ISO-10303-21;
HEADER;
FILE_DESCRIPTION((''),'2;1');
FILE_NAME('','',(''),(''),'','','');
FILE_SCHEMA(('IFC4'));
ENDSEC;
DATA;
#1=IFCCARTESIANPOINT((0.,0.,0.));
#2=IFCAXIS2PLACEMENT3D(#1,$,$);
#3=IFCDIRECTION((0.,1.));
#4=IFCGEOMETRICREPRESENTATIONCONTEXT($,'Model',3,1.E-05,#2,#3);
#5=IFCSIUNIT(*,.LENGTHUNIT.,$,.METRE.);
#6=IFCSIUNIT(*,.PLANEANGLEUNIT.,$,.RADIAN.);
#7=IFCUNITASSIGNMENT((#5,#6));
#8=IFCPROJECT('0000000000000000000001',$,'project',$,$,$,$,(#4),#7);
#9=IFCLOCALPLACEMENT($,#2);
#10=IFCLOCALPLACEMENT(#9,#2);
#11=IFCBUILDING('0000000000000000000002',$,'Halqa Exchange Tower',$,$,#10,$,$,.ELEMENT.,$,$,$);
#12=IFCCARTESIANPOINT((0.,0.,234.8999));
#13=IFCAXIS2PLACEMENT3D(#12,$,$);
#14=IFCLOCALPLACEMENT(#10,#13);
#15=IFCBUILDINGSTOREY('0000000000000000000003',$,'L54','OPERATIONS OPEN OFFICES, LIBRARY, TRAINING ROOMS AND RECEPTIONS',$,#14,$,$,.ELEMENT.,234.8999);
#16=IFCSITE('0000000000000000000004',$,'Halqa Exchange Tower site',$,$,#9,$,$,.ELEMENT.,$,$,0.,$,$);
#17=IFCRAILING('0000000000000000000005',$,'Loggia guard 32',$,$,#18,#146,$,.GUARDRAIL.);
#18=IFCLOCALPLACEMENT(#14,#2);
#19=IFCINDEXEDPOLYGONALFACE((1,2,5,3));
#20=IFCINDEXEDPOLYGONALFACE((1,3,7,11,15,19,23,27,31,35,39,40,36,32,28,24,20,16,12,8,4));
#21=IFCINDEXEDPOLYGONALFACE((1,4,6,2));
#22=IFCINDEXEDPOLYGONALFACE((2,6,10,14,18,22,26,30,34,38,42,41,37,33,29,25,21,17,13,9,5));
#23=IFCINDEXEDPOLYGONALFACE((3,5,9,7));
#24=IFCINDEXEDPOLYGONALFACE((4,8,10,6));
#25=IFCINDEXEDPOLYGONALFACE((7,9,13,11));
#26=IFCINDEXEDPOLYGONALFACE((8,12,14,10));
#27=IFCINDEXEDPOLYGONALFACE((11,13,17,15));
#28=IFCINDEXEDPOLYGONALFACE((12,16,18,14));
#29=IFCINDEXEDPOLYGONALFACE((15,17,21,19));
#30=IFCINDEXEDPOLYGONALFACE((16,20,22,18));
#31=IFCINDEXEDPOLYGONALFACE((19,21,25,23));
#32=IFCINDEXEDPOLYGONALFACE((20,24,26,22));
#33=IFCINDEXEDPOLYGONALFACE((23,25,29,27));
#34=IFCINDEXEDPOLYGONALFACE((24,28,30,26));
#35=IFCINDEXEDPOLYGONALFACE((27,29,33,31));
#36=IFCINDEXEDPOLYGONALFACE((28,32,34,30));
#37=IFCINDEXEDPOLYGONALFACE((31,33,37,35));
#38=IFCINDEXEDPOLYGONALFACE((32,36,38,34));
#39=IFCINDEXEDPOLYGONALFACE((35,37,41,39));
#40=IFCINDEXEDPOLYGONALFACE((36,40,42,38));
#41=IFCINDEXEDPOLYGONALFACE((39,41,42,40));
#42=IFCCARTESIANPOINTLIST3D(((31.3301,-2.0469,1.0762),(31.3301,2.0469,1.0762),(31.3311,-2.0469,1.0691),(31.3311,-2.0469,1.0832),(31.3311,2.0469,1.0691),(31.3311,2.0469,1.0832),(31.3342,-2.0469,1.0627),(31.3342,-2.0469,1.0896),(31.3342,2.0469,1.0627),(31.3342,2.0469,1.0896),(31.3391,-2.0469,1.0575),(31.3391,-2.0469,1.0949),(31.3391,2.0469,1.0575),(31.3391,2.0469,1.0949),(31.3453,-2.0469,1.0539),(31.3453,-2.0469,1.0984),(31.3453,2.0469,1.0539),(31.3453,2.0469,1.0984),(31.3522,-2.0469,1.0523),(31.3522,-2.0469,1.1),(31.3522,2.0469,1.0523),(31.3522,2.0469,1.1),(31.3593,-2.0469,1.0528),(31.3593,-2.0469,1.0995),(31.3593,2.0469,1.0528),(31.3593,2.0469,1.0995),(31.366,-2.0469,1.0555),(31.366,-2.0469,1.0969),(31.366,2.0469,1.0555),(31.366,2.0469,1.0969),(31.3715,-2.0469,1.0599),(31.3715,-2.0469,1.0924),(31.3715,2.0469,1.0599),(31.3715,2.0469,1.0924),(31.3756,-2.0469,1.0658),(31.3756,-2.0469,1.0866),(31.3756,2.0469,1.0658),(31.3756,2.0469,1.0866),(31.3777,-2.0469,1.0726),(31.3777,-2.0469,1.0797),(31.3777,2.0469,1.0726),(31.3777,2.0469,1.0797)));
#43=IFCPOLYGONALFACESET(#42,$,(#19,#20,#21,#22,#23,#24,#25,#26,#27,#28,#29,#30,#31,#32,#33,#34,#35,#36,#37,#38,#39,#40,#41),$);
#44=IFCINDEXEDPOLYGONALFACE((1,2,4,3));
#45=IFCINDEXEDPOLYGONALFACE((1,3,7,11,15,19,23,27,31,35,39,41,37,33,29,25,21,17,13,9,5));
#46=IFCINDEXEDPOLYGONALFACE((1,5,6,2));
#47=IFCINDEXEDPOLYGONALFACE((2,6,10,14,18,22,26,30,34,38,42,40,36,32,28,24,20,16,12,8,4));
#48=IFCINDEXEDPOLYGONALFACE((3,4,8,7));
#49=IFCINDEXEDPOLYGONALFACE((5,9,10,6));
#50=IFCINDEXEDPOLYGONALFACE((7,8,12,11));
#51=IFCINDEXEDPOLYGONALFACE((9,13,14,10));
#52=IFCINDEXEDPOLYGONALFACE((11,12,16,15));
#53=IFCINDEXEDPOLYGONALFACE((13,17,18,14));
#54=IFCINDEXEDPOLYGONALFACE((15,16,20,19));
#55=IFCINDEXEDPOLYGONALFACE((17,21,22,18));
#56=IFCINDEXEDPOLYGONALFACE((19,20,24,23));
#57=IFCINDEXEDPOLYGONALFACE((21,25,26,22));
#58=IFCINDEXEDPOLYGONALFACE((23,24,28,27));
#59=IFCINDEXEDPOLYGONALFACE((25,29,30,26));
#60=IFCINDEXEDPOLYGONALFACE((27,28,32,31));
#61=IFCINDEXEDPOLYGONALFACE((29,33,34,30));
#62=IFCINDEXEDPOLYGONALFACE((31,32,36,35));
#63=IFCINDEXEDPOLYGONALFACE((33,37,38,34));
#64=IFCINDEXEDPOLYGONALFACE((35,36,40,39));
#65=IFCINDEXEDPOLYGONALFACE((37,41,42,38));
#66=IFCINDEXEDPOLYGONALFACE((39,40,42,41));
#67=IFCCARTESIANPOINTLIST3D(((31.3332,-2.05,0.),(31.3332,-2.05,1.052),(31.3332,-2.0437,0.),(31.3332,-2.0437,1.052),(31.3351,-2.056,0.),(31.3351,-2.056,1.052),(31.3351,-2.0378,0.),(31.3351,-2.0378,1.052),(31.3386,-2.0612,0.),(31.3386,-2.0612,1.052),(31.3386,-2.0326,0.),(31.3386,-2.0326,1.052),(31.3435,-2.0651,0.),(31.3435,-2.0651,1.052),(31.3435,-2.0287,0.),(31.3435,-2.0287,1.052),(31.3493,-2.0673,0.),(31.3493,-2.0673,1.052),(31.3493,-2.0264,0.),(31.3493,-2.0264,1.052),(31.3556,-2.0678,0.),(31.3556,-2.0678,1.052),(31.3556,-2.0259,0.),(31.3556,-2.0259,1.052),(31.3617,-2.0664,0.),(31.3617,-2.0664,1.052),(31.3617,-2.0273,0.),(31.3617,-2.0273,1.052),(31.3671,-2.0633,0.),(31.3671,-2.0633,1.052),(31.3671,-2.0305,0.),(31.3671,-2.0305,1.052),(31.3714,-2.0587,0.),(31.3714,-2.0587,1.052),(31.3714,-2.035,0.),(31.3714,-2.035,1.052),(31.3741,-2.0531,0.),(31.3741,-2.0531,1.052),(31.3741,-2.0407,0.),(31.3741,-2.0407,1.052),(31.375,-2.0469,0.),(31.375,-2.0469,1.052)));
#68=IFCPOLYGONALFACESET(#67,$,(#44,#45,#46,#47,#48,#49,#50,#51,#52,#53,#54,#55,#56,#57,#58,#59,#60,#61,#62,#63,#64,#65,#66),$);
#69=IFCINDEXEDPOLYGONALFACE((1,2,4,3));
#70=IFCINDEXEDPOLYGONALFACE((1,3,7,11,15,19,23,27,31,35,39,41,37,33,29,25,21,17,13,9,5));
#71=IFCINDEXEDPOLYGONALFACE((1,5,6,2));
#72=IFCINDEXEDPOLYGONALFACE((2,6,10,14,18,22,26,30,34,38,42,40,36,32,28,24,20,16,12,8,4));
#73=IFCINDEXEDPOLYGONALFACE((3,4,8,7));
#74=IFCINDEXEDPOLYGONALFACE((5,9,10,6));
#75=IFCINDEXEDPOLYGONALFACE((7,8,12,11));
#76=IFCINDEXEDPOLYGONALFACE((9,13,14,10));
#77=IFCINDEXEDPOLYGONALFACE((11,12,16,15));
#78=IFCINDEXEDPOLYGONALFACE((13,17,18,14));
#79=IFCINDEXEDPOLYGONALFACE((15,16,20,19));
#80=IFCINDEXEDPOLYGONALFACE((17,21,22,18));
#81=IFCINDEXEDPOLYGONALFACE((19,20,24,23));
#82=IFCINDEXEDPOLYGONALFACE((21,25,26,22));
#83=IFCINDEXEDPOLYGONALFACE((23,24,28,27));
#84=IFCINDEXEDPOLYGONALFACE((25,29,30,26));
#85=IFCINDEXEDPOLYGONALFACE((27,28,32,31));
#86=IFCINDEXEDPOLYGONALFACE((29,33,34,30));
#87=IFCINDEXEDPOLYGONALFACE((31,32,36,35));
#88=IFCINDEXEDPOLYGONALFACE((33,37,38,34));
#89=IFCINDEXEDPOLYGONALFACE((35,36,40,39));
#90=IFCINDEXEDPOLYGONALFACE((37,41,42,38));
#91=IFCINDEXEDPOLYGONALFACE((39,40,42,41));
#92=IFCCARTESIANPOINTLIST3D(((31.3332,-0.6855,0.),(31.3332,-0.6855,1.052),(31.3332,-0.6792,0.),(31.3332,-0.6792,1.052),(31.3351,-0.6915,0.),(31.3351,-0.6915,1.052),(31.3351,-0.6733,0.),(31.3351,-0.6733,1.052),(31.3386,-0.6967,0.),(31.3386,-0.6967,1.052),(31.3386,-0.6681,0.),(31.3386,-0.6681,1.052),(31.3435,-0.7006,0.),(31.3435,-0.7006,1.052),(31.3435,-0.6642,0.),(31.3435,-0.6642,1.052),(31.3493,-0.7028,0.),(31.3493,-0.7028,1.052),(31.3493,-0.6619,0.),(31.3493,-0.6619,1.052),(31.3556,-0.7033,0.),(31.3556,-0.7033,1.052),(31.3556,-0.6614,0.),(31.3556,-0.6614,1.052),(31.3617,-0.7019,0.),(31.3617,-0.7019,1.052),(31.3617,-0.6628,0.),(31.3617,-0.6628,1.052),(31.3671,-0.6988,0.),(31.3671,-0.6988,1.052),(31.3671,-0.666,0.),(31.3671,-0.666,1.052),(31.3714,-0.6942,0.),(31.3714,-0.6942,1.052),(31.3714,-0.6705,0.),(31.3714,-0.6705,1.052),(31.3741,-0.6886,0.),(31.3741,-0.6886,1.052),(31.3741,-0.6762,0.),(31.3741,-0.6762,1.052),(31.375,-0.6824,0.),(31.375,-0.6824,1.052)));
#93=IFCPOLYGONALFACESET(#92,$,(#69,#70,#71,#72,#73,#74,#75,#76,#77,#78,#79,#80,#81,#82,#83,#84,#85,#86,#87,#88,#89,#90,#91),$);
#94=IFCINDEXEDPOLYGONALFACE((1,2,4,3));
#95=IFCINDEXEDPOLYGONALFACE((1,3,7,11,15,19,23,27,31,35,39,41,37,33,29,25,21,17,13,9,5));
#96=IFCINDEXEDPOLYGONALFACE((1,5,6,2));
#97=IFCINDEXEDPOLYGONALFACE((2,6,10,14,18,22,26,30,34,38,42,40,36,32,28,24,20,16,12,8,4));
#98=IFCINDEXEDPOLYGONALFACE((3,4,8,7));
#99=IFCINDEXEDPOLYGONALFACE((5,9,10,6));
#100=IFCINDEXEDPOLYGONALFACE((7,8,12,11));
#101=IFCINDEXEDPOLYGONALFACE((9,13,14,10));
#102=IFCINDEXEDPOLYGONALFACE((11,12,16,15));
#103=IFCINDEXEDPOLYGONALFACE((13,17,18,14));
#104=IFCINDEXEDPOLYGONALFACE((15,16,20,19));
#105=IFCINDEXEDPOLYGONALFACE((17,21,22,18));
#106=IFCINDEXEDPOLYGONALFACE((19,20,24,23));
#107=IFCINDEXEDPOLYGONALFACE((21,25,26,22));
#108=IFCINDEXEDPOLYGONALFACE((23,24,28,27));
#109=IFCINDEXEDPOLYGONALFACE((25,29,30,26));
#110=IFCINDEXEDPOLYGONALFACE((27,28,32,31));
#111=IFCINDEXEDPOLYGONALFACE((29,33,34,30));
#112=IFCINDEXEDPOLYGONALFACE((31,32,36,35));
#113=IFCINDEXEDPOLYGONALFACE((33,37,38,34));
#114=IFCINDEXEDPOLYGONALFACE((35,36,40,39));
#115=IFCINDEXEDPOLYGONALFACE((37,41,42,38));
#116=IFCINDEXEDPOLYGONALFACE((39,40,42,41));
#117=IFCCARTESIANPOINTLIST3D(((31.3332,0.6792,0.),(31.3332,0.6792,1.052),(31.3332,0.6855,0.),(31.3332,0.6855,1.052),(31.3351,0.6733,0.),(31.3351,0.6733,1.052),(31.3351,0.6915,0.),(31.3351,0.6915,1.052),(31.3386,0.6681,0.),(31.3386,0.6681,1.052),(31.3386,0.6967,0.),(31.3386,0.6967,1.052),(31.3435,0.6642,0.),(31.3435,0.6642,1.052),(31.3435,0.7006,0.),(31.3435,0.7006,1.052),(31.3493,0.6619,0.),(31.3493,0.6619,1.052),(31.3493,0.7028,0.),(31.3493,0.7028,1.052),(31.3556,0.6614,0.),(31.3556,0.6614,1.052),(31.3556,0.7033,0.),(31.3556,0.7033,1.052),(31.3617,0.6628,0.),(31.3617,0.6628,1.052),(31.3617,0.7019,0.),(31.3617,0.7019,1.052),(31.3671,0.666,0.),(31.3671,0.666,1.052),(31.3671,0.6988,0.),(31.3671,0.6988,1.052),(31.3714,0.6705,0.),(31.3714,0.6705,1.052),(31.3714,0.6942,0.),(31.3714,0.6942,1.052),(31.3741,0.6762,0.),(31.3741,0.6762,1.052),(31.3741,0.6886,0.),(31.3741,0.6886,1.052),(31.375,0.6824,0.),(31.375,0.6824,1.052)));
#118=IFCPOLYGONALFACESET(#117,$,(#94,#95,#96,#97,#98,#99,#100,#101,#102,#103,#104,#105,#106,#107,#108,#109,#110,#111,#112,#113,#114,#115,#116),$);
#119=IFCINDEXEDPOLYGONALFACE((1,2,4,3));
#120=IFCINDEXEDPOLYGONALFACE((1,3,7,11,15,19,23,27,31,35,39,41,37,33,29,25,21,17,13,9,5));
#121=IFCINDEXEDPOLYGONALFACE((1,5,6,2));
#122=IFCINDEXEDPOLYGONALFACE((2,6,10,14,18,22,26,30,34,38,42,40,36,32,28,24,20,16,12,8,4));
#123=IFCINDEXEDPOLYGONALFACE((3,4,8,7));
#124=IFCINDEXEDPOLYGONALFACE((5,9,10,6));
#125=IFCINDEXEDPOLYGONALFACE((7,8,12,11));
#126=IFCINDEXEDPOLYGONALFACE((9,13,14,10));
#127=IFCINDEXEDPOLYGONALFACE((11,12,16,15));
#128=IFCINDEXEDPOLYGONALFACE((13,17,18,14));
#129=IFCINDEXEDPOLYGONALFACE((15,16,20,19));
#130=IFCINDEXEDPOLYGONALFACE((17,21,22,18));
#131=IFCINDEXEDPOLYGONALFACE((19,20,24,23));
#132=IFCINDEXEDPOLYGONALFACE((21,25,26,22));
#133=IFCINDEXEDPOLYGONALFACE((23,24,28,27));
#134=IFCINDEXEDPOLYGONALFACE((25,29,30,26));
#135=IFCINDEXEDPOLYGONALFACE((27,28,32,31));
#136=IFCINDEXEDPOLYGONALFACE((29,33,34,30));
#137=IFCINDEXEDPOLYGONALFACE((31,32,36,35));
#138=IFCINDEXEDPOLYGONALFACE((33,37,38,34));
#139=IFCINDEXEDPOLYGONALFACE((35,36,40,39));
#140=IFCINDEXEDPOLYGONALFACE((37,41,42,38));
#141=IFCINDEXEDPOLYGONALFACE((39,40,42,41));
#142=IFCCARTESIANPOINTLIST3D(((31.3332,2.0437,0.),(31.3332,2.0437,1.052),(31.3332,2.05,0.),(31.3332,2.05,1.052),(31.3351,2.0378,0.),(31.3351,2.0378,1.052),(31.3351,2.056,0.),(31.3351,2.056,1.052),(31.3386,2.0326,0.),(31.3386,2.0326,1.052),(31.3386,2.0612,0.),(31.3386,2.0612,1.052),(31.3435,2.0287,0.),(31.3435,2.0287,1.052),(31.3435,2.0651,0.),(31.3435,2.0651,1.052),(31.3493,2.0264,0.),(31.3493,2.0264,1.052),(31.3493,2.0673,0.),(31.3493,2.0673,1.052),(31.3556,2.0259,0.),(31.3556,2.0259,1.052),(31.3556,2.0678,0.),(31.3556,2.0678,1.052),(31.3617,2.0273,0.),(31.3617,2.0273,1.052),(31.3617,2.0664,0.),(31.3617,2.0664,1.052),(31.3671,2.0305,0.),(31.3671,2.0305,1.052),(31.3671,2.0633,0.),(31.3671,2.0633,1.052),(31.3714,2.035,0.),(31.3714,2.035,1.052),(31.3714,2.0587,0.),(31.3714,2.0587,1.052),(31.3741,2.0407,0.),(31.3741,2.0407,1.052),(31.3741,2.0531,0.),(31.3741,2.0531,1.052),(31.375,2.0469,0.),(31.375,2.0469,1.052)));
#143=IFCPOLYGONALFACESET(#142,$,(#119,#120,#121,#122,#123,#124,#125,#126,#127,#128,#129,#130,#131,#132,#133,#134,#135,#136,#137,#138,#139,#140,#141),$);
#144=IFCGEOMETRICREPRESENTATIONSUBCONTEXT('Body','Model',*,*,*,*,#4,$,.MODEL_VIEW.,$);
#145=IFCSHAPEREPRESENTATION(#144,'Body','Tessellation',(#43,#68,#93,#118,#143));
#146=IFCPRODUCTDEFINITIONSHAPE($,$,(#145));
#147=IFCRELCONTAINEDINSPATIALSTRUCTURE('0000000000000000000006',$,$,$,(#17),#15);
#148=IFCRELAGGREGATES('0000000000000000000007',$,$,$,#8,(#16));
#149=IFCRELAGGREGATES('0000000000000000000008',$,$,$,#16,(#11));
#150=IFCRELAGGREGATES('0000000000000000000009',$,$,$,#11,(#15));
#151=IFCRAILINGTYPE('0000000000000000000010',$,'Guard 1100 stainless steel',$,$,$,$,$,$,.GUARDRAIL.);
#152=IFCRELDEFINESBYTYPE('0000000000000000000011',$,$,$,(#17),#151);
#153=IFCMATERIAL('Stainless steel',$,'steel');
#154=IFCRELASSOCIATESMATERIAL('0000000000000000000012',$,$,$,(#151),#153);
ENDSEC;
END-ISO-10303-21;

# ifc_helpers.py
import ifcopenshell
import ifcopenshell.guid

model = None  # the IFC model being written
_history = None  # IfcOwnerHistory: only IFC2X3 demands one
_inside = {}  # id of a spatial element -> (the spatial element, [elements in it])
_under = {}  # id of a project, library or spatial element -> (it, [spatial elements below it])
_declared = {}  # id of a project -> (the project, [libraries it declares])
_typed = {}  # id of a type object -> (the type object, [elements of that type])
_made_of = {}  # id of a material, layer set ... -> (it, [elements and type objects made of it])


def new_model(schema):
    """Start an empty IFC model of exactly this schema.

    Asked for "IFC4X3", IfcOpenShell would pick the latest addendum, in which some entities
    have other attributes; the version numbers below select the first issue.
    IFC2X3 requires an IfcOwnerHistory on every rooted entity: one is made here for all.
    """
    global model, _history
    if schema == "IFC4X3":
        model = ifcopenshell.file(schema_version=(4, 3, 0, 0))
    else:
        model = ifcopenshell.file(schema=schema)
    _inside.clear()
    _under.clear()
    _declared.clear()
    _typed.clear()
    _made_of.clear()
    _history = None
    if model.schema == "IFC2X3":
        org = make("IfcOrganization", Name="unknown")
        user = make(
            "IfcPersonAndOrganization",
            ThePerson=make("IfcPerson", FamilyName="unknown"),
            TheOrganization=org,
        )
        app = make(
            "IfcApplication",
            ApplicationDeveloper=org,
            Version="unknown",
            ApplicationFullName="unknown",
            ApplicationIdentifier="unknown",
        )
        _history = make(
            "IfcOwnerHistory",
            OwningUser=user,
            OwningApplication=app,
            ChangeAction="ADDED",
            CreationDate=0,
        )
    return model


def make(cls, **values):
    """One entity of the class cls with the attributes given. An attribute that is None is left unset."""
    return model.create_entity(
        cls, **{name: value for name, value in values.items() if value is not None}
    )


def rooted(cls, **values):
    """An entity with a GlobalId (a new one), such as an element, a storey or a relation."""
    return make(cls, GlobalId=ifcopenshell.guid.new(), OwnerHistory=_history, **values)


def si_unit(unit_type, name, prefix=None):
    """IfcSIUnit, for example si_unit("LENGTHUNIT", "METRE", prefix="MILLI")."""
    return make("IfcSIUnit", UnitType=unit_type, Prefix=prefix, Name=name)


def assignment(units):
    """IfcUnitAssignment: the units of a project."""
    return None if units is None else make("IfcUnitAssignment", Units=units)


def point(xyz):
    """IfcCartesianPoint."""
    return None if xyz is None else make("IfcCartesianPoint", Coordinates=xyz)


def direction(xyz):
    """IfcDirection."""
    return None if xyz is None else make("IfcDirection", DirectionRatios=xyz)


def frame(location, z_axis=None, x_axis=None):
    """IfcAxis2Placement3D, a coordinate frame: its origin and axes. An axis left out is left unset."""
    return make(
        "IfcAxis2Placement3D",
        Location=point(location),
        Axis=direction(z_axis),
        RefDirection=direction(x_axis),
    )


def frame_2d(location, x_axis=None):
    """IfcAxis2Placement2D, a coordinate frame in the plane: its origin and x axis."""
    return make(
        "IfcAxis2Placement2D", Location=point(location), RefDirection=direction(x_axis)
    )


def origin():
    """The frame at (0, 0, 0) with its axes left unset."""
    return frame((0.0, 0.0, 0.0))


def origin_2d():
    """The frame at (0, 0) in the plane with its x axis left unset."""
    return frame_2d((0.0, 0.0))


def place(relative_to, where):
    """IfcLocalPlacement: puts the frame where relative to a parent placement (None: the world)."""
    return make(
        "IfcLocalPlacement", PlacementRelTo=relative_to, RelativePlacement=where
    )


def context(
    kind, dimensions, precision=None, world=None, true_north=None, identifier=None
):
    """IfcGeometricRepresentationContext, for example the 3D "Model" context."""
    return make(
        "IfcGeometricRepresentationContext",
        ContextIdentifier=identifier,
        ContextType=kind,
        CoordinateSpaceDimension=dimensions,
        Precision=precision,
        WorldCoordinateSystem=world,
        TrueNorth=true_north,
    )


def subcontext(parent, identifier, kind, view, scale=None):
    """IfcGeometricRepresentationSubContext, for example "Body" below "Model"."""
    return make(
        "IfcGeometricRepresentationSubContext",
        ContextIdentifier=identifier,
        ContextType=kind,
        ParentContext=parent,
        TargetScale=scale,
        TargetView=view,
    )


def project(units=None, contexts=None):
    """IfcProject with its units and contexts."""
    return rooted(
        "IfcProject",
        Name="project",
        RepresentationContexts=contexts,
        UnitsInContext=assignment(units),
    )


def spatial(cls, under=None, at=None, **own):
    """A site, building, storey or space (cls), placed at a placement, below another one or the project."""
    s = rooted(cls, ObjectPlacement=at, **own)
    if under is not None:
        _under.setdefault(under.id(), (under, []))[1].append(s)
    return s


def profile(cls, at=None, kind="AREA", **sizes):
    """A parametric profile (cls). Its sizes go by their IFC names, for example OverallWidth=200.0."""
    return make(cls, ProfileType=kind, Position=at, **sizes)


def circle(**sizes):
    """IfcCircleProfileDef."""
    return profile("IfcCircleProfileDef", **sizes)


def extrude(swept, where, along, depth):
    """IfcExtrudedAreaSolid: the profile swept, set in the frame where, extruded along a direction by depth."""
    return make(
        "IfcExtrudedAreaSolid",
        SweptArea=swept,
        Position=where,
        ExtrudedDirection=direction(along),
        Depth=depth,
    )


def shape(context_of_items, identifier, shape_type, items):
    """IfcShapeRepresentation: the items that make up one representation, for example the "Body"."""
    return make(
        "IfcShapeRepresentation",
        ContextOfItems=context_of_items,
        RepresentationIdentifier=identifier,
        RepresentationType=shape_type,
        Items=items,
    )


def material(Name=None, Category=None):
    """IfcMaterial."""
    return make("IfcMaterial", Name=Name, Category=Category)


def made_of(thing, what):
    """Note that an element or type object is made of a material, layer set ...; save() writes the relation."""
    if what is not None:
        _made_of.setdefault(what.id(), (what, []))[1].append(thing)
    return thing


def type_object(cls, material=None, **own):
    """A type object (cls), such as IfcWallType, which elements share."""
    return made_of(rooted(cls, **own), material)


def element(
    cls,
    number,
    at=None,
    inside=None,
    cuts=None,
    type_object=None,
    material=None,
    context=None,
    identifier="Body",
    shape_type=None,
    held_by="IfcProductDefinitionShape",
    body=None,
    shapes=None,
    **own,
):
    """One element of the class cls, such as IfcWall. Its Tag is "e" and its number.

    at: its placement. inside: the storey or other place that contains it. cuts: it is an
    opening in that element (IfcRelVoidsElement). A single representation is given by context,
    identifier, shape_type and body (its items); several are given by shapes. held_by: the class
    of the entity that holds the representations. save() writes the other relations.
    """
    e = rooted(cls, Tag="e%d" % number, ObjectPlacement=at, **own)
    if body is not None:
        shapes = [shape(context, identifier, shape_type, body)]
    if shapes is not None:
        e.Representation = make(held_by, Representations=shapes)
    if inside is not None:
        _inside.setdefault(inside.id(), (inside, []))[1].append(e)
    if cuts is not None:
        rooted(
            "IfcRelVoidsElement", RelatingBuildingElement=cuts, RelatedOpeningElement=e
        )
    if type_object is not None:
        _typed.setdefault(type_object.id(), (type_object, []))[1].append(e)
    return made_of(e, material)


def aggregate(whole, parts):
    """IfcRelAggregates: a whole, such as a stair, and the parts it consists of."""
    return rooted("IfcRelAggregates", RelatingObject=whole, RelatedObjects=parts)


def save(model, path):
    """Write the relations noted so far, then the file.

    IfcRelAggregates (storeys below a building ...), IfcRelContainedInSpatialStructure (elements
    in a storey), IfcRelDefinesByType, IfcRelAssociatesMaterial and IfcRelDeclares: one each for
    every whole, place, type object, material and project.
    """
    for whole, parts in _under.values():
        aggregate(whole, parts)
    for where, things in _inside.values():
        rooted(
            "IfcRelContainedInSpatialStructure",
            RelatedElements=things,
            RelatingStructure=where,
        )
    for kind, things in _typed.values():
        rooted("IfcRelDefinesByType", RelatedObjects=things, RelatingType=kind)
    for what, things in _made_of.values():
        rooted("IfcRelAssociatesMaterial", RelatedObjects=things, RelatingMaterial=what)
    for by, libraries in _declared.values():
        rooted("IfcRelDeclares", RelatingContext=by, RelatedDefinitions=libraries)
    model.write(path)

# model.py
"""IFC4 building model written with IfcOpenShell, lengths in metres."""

from ifc_helpers import new_model, si_unit, direction, frame, origin, origin_2d, place, context, subcontext, project, spatial, circle, extrude, material, type_object, element, save


model = new_model("IFC4")

# Units and contexts
model_context = context("Model", 3, precision=1e-05, world=origin(), true_north=direction((0.0, 1.0)))
body_context = subcontext(model_context, "Body", "Model", "MODEL_VIEW")
ifc_project = project(units=[si_unit("LENGTHUNIT", "METRE"), si_unit("PLANEANGLEUNIT", "RADIAN")], contexts=[model_context])

# Site, building, storey
site_placement = place(None, origin())
site = spatial("IfcSite", under=ifc_project, at=site_placement, Name="Halqa Exchange Tower site", CompositionType="ELEMENT", RefElevation=0.0)
building_placement = place(site_placement, origin())
building = spatial("IfcBuilding", under=site, at=building_placement, Name="Halqa Exchange Tower", CompositionType="ELEMENT")
storey_placement = place(building_placement, frame((0.0, 0.0, 234.8999)))
storey = spatial("IfcBuildingStorey", under=building, at=storey_placement, Name="L54", Description="OPERATIONS OPEN OFFICES, LIBRARY, TRAINING ROOMS AND RECEPTIONS", CompositionType="ELEMENT", Elevation=234.8999)

# Railing
ifc_material_1 = material(Name="Stainless steel", Category="steel")
railing_type = type_object("IfcRailingType", Name="Guard 1100 stainless steel", PredefinedType="GUARDRAIL", material=ifc_material_1)
railing_1_placement = place(storey_placement, frame((31.354, -2.0469, 0.0)))
element("IfcRailing", 1, at=railing_1_placement, inside=storey, type_object=railing_type, Name="Loggia guard 32", PredefinedType="GUARDRAIL", context=body_context, shape_type="SweptSolid", body=[
    extrude(circle(Radius=0.0239, at=origin_2d()), frame((0.0, 0.0, 1.0762), z_axis=(0.0, 1.0, 0.0), x_axis=(-1.0, 0.0, 0.0)), (0.0, 0.0, 1.0), 4.0938),
    extrude(circle(Radius=0.021, at=origin_2d()), origin(), (0.0, 0.0, 1.0), 1.052),
    extrude(circle(Radius=0.021, at=origin_2d()), frame((0.0, 1.3645, 0.0)), (0.0, 0.0, 1.0), 1.052),
    extrude(circle(Radius=0.021, at=origin_2d()), frame((0.0, 2.7292, 0.0)), (0.0, 0.0, 1.0), 1.052),
    extrude(circle(Radius=0.021, at=origin_2d()), frame((0.0, 4.0938, 0.0)), (0.0, 0.0, 1.0), 1.052),
])

save(model, "model.ifc")
